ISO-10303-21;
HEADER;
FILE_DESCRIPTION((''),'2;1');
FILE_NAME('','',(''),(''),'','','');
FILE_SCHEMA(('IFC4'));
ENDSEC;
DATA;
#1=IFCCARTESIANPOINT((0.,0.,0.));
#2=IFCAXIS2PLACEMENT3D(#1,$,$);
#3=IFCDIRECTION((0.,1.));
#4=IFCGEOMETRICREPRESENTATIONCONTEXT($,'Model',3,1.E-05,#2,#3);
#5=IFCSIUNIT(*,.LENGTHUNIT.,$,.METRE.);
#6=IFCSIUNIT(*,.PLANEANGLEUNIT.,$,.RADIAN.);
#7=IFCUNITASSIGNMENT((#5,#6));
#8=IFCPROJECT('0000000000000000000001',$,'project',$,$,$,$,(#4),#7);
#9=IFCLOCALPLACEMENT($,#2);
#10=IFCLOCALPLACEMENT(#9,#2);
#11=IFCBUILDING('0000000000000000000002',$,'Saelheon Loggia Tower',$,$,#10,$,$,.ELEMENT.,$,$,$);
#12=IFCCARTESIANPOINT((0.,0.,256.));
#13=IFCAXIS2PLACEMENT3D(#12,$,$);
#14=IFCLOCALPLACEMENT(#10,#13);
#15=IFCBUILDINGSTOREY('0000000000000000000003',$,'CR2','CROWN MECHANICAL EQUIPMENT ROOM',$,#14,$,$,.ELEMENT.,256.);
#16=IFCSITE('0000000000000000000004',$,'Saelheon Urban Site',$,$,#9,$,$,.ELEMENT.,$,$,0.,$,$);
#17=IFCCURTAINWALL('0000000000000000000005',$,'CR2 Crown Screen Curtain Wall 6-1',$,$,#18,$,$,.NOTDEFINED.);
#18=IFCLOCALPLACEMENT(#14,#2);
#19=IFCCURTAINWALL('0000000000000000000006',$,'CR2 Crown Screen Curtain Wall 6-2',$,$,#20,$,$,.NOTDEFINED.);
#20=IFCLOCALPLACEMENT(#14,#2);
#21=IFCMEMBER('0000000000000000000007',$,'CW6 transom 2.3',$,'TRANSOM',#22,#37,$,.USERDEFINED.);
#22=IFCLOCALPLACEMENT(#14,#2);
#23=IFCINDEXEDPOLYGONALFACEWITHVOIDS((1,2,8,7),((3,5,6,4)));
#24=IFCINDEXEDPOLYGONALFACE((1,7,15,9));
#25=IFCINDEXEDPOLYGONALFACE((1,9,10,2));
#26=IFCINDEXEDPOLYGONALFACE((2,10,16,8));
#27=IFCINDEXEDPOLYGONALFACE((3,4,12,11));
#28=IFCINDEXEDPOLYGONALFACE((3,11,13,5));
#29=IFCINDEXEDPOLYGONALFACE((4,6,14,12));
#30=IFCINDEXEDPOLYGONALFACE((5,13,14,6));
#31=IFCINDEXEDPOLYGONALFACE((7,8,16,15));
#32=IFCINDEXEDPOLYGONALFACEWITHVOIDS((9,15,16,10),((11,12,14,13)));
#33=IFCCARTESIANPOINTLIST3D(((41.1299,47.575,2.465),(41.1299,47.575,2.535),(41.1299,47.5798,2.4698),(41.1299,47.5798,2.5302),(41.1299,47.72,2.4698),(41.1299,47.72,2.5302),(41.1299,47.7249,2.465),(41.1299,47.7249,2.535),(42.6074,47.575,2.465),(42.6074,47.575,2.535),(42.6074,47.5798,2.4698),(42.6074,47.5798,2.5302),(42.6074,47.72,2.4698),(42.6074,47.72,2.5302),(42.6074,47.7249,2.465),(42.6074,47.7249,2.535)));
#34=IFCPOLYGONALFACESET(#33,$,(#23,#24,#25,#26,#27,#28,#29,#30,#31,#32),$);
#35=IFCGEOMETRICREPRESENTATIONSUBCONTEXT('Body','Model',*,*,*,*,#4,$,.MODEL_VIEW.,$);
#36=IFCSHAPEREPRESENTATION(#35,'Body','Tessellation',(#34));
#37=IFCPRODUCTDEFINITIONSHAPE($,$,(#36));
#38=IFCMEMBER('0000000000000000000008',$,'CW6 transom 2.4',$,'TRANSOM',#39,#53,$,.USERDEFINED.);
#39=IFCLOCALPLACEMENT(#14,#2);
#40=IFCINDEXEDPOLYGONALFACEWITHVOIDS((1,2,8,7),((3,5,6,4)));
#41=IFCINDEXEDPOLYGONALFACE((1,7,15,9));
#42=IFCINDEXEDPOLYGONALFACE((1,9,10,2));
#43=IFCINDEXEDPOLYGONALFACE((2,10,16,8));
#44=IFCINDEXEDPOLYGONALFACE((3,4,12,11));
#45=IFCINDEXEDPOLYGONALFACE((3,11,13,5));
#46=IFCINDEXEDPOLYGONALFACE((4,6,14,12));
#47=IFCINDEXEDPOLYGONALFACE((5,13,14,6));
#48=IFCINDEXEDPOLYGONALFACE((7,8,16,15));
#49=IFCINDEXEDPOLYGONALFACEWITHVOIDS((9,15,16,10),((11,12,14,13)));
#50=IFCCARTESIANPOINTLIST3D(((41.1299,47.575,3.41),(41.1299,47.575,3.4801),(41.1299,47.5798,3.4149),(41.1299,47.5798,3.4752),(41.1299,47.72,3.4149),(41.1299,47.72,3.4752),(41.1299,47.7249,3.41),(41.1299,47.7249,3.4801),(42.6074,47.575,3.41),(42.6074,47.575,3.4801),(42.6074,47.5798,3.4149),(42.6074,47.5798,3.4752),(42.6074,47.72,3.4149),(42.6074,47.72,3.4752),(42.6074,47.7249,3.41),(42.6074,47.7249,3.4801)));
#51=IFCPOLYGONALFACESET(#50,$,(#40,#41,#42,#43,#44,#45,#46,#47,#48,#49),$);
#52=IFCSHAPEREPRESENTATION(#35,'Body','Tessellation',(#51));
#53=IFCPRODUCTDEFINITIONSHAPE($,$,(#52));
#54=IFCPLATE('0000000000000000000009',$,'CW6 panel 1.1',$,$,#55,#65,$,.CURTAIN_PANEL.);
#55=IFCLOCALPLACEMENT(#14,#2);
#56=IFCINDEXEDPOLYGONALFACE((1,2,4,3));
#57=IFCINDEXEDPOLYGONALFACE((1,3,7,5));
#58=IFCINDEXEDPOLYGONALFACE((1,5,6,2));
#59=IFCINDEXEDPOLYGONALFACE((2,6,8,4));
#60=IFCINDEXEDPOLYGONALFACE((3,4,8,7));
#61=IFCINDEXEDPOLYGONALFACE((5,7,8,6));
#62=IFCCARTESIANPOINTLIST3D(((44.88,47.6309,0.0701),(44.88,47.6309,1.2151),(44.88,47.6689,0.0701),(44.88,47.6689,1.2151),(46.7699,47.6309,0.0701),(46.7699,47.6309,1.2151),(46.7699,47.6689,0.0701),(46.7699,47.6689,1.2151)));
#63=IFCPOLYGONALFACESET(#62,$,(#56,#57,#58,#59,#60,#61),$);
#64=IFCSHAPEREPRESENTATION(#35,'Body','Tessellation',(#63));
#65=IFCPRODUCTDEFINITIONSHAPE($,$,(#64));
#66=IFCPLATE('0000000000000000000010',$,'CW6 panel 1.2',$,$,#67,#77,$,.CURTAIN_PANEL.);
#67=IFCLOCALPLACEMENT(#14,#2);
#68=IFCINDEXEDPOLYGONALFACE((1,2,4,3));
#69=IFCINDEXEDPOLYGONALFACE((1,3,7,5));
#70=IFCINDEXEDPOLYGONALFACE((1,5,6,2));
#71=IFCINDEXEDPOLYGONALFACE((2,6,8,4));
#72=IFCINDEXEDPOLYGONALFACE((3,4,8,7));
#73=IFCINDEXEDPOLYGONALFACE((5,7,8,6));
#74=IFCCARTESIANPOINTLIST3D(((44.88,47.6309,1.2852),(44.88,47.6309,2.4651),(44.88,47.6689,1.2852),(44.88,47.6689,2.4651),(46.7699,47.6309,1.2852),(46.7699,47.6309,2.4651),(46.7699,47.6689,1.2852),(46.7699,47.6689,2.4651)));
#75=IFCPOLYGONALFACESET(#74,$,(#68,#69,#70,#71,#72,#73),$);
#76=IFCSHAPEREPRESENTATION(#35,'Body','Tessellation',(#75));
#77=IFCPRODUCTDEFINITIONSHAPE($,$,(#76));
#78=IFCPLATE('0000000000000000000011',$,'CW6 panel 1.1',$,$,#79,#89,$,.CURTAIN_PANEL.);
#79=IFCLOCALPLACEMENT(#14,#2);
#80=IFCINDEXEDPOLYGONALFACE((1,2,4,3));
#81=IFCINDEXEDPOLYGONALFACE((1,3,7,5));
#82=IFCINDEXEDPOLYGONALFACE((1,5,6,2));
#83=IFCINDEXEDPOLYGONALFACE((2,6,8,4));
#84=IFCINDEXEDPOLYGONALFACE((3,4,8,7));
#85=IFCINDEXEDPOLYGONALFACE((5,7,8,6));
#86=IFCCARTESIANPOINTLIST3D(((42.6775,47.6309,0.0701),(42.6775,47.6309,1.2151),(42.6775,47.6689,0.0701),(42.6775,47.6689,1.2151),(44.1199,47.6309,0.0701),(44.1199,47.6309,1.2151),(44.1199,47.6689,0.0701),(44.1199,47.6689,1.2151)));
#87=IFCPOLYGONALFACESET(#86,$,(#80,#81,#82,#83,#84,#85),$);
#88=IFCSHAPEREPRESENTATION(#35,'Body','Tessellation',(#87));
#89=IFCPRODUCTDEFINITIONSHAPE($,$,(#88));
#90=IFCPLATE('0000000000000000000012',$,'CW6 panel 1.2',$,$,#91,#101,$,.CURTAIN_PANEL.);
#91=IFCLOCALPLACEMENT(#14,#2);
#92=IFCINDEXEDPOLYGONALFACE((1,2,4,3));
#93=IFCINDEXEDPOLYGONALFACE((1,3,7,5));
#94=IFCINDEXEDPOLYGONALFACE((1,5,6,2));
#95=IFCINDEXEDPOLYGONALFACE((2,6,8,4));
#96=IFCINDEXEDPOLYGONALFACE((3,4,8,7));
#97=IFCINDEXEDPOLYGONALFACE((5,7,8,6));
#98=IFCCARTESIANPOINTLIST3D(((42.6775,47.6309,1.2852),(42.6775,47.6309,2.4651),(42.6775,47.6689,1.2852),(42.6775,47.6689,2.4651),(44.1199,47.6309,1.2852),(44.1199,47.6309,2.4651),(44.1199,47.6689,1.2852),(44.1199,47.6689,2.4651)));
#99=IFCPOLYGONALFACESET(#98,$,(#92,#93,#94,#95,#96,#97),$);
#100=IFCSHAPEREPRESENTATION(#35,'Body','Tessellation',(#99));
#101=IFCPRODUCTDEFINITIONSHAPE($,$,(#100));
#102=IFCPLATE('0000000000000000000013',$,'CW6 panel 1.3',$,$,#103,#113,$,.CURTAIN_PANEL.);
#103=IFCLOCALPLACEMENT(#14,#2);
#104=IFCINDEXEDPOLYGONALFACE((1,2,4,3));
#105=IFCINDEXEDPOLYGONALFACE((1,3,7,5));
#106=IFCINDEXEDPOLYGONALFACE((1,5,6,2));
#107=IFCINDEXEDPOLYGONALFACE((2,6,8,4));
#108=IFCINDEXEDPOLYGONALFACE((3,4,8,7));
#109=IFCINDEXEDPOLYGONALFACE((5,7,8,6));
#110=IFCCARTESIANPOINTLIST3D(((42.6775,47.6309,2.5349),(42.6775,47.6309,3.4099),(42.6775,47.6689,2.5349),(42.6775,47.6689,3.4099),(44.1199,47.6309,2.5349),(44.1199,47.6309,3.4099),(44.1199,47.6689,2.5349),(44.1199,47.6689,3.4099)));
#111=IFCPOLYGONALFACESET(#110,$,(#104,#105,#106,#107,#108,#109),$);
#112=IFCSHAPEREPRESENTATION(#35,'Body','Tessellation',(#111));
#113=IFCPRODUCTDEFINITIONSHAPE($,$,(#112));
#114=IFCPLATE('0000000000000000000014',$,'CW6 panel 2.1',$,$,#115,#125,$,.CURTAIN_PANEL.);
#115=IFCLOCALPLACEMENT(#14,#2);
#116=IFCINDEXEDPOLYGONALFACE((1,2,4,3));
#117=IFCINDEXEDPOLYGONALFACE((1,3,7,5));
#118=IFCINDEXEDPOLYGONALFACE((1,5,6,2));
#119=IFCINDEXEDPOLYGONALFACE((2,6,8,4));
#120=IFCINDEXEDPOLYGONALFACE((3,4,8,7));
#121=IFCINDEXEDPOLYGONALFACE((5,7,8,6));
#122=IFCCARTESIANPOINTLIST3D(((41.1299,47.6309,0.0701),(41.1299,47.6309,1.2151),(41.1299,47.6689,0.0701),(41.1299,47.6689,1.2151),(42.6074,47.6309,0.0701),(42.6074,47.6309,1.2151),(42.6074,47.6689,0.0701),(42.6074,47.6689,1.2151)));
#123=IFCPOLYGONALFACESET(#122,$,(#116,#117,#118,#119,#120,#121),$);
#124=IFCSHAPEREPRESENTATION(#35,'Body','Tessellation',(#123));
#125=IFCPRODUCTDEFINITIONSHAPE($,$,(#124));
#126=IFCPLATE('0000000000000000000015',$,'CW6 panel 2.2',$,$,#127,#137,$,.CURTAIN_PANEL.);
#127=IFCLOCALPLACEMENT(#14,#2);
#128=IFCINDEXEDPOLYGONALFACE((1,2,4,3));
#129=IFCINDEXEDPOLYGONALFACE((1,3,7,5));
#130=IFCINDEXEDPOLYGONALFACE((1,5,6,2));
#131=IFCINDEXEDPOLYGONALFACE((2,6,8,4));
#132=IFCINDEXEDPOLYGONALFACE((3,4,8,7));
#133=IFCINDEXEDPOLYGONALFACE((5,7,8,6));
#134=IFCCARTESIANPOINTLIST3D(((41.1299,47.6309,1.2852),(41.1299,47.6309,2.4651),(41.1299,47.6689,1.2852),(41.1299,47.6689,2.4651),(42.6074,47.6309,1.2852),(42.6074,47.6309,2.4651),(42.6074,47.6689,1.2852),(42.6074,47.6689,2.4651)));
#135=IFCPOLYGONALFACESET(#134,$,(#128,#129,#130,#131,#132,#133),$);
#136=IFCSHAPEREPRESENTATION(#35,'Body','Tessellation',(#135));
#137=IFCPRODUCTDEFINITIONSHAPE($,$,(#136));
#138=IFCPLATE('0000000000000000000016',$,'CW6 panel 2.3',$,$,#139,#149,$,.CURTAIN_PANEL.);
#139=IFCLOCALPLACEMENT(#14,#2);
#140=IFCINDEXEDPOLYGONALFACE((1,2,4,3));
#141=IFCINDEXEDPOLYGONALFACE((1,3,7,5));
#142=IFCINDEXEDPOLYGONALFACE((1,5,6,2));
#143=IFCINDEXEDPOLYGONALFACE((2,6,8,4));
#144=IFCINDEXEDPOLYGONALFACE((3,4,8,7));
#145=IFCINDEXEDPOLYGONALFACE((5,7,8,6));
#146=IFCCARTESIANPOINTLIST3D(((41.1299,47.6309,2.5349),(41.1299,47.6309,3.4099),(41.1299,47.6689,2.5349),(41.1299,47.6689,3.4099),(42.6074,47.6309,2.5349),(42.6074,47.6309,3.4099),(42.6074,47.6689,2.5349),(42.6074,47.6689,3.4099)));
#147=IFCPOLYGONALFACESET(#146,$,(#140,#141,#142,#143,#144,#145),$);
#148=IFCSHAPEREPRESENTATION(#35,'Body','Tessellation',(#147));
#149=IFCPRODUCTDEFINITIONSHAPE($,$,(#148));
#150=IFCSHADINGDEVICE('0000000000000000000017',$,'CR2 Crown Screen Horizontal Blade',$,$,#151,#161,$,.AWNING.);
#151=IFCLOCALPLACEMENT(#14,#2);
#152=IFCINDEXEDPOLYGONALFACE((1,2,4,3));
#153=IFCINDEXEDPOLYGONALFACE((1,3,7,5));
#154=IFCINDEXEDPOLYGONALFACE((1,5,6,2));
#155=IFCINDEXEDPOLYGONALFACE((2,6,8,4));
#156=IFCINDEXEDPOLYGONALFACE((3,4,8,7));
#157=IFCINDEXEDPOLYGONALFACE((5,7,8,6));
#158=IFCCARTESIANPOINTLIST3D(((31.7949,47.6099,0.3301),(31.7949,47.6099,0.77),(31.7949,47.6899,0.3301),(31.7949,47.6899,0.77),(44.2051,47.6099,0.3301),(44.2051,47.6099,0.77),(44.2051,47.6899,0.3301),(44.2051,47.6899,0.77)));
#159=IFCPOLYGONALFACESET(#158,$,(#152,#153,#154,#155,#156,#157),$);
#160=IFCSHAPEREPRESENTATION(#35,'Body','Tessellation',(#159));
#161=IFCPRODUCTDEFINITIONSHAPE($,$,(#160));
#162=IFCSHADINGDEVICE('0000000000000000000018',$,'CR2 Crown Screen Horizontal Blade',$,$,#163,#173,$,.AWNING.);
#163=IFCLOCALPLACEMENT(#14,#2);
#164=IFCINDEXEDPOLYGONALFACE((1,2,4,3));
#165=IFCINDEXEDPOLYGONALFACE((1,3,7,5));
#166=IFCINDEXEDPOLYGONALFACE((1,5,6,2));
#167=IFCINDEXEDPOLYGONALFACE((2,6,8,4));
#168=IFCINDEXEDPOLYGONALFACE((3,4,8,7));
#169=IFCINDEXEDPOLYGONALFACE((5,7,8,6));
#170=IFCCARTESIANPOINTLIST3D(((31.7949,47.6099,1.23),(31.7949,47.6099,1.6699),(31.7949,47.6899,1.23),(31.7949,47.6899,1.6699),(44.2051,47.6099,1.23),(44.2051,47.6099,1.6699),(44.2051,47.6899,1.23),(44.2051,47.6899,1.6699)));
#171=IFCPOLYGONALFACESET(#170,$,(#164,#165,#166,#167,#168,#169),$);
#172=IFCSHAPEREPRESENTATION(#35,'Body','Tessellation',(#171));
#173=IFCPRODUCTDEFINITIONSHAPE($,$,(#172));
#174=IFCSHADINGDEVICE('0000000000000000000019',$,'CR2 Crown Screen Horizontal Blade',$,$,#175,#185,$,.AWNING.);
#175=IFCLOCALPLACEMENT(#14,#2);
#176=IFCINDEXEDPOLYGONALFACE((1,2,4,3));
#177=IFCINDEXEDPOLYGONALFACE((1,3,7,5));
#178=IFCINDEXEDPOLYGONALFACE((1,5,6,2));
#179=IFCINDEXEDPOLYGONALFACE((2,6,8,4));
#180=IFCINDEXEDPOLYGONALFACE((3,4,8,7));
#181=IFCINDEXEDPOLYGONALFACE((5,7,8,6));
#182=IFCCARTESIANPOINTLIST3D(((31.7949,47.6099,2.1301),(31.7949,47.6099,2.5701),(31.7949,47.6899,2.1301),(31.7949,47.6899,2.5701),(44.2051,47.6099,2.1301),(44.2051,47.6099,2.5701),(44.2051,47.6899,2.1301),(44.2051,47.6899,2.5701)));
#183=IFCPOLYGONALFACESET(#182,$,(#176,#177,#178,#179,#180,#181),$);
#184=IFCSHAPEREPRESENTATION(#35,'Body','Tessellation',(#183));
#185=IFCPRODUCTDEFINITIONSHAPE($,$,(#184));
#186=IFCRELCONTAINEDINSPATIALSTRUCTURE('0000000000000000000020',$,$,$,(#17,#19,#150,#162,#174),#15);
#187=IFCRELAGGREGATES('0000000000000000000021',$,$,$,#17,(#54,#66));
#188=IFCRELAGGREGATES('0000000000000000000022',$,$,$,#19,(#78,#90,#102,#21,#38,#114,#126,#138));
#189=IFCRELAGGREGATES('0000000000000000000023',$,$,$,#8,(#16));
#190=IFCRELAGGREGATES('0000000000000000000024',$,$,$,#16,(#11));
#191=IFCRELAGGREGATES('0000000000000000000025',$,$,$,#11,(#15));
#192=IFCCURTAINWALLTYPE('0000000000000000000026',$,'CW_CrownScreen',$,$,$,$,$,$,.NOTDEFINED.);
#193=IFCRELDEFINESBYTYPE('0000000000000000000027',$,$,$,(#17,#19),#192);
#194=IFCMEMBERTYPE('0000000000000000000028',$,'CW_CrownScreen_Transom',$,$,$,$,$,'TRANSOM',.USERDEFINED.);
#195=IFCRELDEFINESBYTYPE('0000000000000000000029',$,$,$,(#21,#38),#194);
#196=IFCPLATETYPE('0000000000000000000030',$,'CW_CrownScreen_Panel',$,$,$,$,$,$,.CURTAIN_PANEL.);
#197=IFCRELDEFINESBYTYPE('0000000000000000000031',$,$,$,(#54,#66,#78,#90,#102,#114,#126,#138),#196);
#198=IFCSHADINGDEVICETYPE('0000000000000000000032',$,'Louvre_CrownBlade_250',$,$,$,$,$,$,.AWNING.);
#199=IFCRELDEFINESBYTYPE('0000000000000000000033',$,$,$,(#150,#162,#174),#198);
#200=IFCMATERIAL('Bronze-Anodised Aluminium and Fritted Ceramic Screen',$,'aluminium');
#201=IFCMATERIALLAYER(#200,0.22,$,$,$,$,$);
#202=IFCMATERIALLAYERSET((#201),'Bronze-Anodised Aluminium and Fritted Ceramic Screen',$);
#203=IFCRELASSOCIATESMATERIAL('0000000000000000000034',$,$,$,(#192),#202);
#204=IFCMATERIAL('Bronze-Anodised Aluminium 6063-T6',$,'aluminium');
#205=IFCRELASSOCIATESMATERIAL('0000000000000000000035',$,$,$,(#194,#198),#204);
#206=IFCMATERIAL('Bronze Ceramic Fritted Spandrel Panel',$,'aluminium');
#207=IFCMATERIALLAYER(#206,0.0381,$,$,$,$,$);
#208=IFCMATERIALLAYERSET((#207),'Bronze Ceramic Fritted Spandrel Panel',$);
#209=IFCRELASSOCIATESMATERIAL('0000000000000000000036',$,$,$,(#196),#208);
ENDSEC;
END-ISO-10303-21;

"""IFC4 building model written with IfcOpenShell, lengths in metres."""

from ifc_helpers import new_model, si_unit, direction, frame, origin, origin_2d, place, context, subcontext, project, spatial, rectangle, hollow_rectangle, extrude, source, transform, mapped, material, layer, layer_set, material_profile, profile_set, type_object, element, aggregate, save


model = new_model("IFC4")

# Units and contexts
model_context = context("Model", 3, precision=1e-05, world=origin(), true_north=direction((0.0, 1.0)))
body_context = subcontext(model_context, "Body", "Model", "MODEL_VIEW")
ifc_project = project(units=[si_unit("LENGTHUNIT", "METRE"), si_unit("PLANEANGLEUNIT", "RADIAN")], contexts=[model_context])

# Site, building, storey
site_placement = place(None, origin())
site = spatial("IfcSite", under=ifc_project, at=site_placement, Name="Saelheon Urban Site", CompositionType="ELEMENT", RefElevation=0.0)
building_placement = place(site_placement, origin())
building = spatial("IfcBuilding", under=site, at=building_placement, Name="Saelheon Loggia Tower", CompositionType="ELEMENT")
storey_placement = place(building_placement, frame((0.0, 0.0, 256.0)))
storey = spatial("IfcBuildingStorey", under=building, at=storey_placement, Name="CR2", Description="CROWN MECHANICAL EQUIPMENT ROOM", CompositionType="ELEMENT", Elevation=256.0)

# Curtain wall
ifc_material_1 = material(Name="Bronze-Anodised Aluminium and Fritted Ceramic Screen", Category="aluminium")
ifc_layer_1 = layer(ifc_material_1, 0.22)
ifc_layer_set_1 = layer_set([ifc_layer_1], Name="Bronze-Anodised Aluminium and Fritted Ceramic Screen")
curtain_wall_type = type_object("IfcCurtainWallType", Name="CW_CrownScreen", PredefinedType="NOTDEFINED", material=ifc_layer_set_1)
curtain_wall_1_placement = place(storey_placement, origin())
curtain_wall_1 = element("IfcCurtainWall", 1, at=curtain_wall_1_placement, inside=storey, type_object=curtain_wall_type, Name="CR2 Crown Screen Curtain Wall 6-1", PredefinedType="NOTDEFINED")
ifc_material_2 = material(Name="Bronze-Anodised Aluminium 6063-T6", Category="aluminium")

# Curtain wall, members
curtain_wall_2_placement = place(storey_placement, origin())
curtain_wall_2 = element("IfcCurtainWall", 2, at=curtain_wall_2_placement, inside=storey, type_object=curtain_wall_type, Name="CR2 Crown Screen Curtain Wall 6-2", PredefinedType="NOTDEFINED")
ifc_material_profile_1 = material_profile(ifc_material_2, hollow_rectangle(XDim=0.0701, YDim=0.1499, WallThickness=0.0049, at=origin_2d()), Name="RHS-150x70x5")
ifc_profile_set_1 = profile_set([ifc_material_profile_1], Name="Bronze-Anodised Aluminium 6063-T6")
member_type_1 = type_object("IfcMemberType", Name="CW_CrownScreen_Transom", ElementType="TRANSOM", PredefinedType="USERDEFINED", material=ifc_profile_set_1)
shared_shape_1 = source(origin(), body_context, "Body", "SweptSolid", [
    extrude(hollow_rectangle(XDim=0.0701, YDim=0.1499, WallThickness=0.0049, at=origin_2d()), origin(), (0.0, 0.0, 1.0), 1.4775),
])
member_1_placement = place(storey_placement, frame((42.6074, 47.6499, 2.5), z_axis=(-1.0, 0.0, 0.0), x_axis=(0.0, 0.0, 1.0)))
member_1 = element("IfcMember", 3, at=member_1_placement, type_object=member_type_1, Name="CW6 transom 2.3", ObjectType="TRANSOM", PredefinedType="USERDEFINED", context=body_context, shape_type="MappedRepresentation", body=[
    mapped(shared_shape_1, transform((0.0, 0.0, 0.0), scale=1.0)),
])
member_2_placement = place(storey_placement, frame((42.6074, 47.6499, 3.4451), z_axis=(-1.0, 0.0, 0.0), x_axis=(0.0, 0.0, 1.0)))
member_2 = element("IfcMember", 4, at=member_2_placement, type_object=member_type_1, Name="CW6 transom 2.4", ObjectType="TRANSOM", PredefinedType="USERDEFINED", context=body_context, shape_type="MappedRepresentation", body=[
    mapped(shared_shape_1, transform((0.0, 0.0, 0.0), scale=1.0)),
])

# Plates
ifc_material_3 = material(Name="Bronze Ceramic Fritted Spandrel Panel", Category="aluminium")
ifc_layer_2 = layer(ifc_material_3, 0.0381)
ifc_layer_set_2 = layer_set([ifc_layer_2], Name="Bronze Ceramic Fritted Spandrel Panel")
plate_type = type_object("IfcPlateType", Name="CW_CrownScreen_Panel", PredefinedType="CURTAIN_PANEL", material=ifc_layer_set_2)
shared_shape_2 = source(origin(), body_context, "Body", "SweptSolid", [
    extrude(rectangle(XDim=1.8899, YDim=0.0381, at=origin_2d()), origin(), (0.0, 0.0, 1.0), 1.145),
])
plate_1_placement = place(storey_placement, frame((45.825, 47.6499, 0.0701), z_axis=(0.0, 0.0, 1.0), x_axis=(-1.0, 0.0, 0.0)))
plate_1 = element("IfcPlate", 5, at=plate_1_placement, type_object=plate_type, Name="CW6 panel 1.1", PredefinedType="CURTAIN_PANEL", context=body_context, shape_type="MappedRepresentation", body=[
    mapped(shared_shape_2, transform((0.0, 0.0, 0.0), scale=1.0)),
])
shared_shape_3 = source(origin(), body_context, "Body", "SweptSolid", [
    extrude(rectangle(XDim=1.8899, YDim=0.0381, at=origin_2d()), origin(), (0.0, 0.0, 1.0), 1.1799),
])
plate_2_placement = place(storey_placement, frame((45.825, 47.6499, 1.2852), z_axis=(0.0, 0.0, 1.0), x_axis=(-1.0, 0.0, 0.0)))
plate_2 = element("IfcPlate", 6, at=plate_2_placement, type_object=plate_type, Name="CW6 panel 1.2", PredefinedType="CURTAIN_PANEL", context=body_context, shape_type="MappedRepresentation", body=[
    mapped(shared_shape_3, transform((0.0, 0.0, 0.0), scale=1.0)),
])
aggregate(curtain_wall_1, [plate_1, plate_2])
shared_shape_4 = source(origin(), body_context, "Body", "SweptSolid", [
    extrude(rectangle(XDim=1.4424, YDim=0.0381, at=origin_2d()), origin(), (0.0, 0.0, 1.0), 1.145),
])
plate_3_placement = place(storey_placement, frame((43.3987, 47.6499, 0.0701), z_axis=(0.0, 0.0, 1.0), x_axis=(-1.0, 0.0, 0.0)))
plate_3 = element("IfcPlate", 7, at=plate_3_placement, type_object=plate_type, Name="CW6 panel 1.1", PredefinedType="CURTAIN_PANEL", context=body_context, shape_type="MappedRepresentation", body=[
    mapped(shared_shape_4, transform((0.0, 0.0, 0.0), scale=1.0)),
])
shared_shape_5 = source(origin(), body_context, "Body", "SweptSolid", [
    extrude(rectangle(XDim=1.4424, YDim=0.0381, at=origin_2d()), origin(), (0.0, 0.0, 1.0), 1.1799),
])
plate_4_placement = place(storey_placement, frame((43.3987, 47.6499, 1.2852), z_axis=(0.0, 0.0, 1.0), x_axis=(-1.0, 0.0, 0.0)))
plate_4 = element("IfcPlate", 8, at=plate_4_placement, type_object=plate_type, Name="CW6 panel 1.2", PredefinedType="CURTAIN_PANEL", context=body_context, shape_type="MappedRepresentation", body=[
    mapped(shared_shape_5, transform((0.0, 0.0, 0.0), scale=1.0)),
])
shared_shape_6 = source(origin(), body_context, "Body", "SweptSolid", [
    extrude(rectangle(XDim=1.4424, YDim=0.0381, at=origin_2d()), origin(), (0.0, 0.0, 1.0), 0.875),
])
plate_5_placement = place(storey_placement, frame((43.3987, 47.6499, 2.5349), z_axis=(0.0, 0.0, 1.0), x_axis=(-1.0, 0.0, 0.0)))
plate_5 = element("IfcPlate", 9, at=plate_5_placement, type_object=plate_type, Name="CW6 panel 1.3", PredefinedType="CURTAIN_PANEL", context=body_context, shape_type="MappedRepresentation", body=[
    mapped(shared_shape_6, transform((0.0, 0.0, 0.0), scale=1.0)),
])
shared_shape_7 = source(origin(), body_context, "Body", "SweptSolid", [
    extrude(rectangle(XDim=1.4775, YDim=0.0381, at=origin_2d()), origin(), (0.0, 0.0, 1.0), 1.145),
])
plate_6_placement = place(storey_placement, frame((41.8687, 47.6499, 0.0701), z_axis=(0.0, 0.0, 1.0), x_axis=(-1.0, 0.0, 0.0)))
plate_6 = element("IfcPlate", 10, at=plate_6_placement, type_object=plate_type, Name="CW6 panel 2.1", PredefinedType="CURTAIN_PANEL", context=body_context, shape_type="MappedRepresentation", body=[
    mapped(shared_shape_7, transform((0.0, 0.0, 0.0), scale=1.0)),
])
shared_shape_8 = source(origin(), body_context, "Body", "SweptSolid", [
    extrude(rectangle(XDim=1.4775, YDim=0.0381, at=origin_2d()), origin(), (0.0, 0.0, 1.0), 1.1799),
])
plate_7_placement = place(storey_placement, frame((41.8687, 47.6499, 1.2852), z_axis=(0.0, 0.0, 1.0), x_axis=(-1.0, 0.0, 0.0)))
plate_7 = element("IfcPlate", 11, at=plate_7_placement, type_object=plate_type, Name="CW6 panel 2.2", PredefinedType="CURTAIN_PANEL", context=body_context, shape_type="MappedRepresentation", body=[
    mapped(shared_shape_8, transform((0.0, 0.0, 0.0), scale=1.0)),
])
shared_shape_9 = source(origin(), body_context, "Body", "SweptSolid", [
    extrude(rectangle(XDim=1.4775, YDim=0.0381, at=origin_2d()), origin(), (0.0, 0.0, 1.0), 0.875),
])
plate_8_placement = place(storey_placement, frame((41.8687, 47.6499, 2.5349), z_axis=(0.0, 0.0, 1.0), x_axis=(-1.0, 0.0, 0.0)))
plate_8 = element("IfcPlate", 12, at=plate_8_placement, type_object=plate_type, Name="CW6 panel 2.3", PredefinedType="CURTAIN_PANEL", context=body_context, shape_type="MappedRepresentation", body=[
    mapped(shared_shape_9, transform((0.0, 0.0, 0.0), scale=1.0)),
])
aggregate(curtain_wall_2, [plate_3, plate_4, plate_5, member_1, member_2, plate_6, plate_7, plate_8])

# Shading devices
ifc_material_profile_2 = material_profile(ifc_material_2, rectangle(XDim=0.0801, YDim=0.4399, at=origin_2d()), Name="Louvre_CrownBlade_250")
ifc_profile_set_2 = profile_set([ifc_material_profile_2], Name="Bronze-Anodised Aluminium 6063-T6")
shading_device_type = type_object("IfcShadingDeviceType", Name="Louvre_CrownBlade_250", PredefinedType="AWNING", material=ifc_profile_set_2)
shared_shape_10 = source(origin(), body_context, "Body", "SweptSolid", [
    extrude(rectangle(XDim=0.0801, YDim=0.4399, at=origin_2d()), origin(), (0.0, 0.0, 1.0), 12.4102),
])
for number, where, z_axis, x_axis, name in (
    (13, (44.2051, 47.6499, 0.55), (-1.0, 0.0, 0.0), (0.0, -1.0, 0.0), "CR2 Crown Screen Horizontal Blade"),
    (14, (44.2051, 47.6499, 1.45), (-1.0, 0.0, 0.0), (0.0, -1.0, 0.0), "CR2 Crown Screen Horizontal Blade"),
    (15, (44.2051, 47.6499, 2.3501), (-1.0, 0.0, 0.0), (0.0, -1.0, 0.0), "CR2 Crown Screen Horizontal Blade"),
):
    element("IfcShadingDevice", number, at=place(storey_placement, frame(where, z_axis=z_axis, x_axis=x_axis)), inside=storey, type_object=shading_device_type, Name=name, PredefinedType="AWNING", context=body_context, shape_type="MappedRepresentation", body=[
        mapped(shared_shape_10, transform((0.0, 0.0, 0.0), scale=1.0)),
    ])

save(model, "model.ifc")
